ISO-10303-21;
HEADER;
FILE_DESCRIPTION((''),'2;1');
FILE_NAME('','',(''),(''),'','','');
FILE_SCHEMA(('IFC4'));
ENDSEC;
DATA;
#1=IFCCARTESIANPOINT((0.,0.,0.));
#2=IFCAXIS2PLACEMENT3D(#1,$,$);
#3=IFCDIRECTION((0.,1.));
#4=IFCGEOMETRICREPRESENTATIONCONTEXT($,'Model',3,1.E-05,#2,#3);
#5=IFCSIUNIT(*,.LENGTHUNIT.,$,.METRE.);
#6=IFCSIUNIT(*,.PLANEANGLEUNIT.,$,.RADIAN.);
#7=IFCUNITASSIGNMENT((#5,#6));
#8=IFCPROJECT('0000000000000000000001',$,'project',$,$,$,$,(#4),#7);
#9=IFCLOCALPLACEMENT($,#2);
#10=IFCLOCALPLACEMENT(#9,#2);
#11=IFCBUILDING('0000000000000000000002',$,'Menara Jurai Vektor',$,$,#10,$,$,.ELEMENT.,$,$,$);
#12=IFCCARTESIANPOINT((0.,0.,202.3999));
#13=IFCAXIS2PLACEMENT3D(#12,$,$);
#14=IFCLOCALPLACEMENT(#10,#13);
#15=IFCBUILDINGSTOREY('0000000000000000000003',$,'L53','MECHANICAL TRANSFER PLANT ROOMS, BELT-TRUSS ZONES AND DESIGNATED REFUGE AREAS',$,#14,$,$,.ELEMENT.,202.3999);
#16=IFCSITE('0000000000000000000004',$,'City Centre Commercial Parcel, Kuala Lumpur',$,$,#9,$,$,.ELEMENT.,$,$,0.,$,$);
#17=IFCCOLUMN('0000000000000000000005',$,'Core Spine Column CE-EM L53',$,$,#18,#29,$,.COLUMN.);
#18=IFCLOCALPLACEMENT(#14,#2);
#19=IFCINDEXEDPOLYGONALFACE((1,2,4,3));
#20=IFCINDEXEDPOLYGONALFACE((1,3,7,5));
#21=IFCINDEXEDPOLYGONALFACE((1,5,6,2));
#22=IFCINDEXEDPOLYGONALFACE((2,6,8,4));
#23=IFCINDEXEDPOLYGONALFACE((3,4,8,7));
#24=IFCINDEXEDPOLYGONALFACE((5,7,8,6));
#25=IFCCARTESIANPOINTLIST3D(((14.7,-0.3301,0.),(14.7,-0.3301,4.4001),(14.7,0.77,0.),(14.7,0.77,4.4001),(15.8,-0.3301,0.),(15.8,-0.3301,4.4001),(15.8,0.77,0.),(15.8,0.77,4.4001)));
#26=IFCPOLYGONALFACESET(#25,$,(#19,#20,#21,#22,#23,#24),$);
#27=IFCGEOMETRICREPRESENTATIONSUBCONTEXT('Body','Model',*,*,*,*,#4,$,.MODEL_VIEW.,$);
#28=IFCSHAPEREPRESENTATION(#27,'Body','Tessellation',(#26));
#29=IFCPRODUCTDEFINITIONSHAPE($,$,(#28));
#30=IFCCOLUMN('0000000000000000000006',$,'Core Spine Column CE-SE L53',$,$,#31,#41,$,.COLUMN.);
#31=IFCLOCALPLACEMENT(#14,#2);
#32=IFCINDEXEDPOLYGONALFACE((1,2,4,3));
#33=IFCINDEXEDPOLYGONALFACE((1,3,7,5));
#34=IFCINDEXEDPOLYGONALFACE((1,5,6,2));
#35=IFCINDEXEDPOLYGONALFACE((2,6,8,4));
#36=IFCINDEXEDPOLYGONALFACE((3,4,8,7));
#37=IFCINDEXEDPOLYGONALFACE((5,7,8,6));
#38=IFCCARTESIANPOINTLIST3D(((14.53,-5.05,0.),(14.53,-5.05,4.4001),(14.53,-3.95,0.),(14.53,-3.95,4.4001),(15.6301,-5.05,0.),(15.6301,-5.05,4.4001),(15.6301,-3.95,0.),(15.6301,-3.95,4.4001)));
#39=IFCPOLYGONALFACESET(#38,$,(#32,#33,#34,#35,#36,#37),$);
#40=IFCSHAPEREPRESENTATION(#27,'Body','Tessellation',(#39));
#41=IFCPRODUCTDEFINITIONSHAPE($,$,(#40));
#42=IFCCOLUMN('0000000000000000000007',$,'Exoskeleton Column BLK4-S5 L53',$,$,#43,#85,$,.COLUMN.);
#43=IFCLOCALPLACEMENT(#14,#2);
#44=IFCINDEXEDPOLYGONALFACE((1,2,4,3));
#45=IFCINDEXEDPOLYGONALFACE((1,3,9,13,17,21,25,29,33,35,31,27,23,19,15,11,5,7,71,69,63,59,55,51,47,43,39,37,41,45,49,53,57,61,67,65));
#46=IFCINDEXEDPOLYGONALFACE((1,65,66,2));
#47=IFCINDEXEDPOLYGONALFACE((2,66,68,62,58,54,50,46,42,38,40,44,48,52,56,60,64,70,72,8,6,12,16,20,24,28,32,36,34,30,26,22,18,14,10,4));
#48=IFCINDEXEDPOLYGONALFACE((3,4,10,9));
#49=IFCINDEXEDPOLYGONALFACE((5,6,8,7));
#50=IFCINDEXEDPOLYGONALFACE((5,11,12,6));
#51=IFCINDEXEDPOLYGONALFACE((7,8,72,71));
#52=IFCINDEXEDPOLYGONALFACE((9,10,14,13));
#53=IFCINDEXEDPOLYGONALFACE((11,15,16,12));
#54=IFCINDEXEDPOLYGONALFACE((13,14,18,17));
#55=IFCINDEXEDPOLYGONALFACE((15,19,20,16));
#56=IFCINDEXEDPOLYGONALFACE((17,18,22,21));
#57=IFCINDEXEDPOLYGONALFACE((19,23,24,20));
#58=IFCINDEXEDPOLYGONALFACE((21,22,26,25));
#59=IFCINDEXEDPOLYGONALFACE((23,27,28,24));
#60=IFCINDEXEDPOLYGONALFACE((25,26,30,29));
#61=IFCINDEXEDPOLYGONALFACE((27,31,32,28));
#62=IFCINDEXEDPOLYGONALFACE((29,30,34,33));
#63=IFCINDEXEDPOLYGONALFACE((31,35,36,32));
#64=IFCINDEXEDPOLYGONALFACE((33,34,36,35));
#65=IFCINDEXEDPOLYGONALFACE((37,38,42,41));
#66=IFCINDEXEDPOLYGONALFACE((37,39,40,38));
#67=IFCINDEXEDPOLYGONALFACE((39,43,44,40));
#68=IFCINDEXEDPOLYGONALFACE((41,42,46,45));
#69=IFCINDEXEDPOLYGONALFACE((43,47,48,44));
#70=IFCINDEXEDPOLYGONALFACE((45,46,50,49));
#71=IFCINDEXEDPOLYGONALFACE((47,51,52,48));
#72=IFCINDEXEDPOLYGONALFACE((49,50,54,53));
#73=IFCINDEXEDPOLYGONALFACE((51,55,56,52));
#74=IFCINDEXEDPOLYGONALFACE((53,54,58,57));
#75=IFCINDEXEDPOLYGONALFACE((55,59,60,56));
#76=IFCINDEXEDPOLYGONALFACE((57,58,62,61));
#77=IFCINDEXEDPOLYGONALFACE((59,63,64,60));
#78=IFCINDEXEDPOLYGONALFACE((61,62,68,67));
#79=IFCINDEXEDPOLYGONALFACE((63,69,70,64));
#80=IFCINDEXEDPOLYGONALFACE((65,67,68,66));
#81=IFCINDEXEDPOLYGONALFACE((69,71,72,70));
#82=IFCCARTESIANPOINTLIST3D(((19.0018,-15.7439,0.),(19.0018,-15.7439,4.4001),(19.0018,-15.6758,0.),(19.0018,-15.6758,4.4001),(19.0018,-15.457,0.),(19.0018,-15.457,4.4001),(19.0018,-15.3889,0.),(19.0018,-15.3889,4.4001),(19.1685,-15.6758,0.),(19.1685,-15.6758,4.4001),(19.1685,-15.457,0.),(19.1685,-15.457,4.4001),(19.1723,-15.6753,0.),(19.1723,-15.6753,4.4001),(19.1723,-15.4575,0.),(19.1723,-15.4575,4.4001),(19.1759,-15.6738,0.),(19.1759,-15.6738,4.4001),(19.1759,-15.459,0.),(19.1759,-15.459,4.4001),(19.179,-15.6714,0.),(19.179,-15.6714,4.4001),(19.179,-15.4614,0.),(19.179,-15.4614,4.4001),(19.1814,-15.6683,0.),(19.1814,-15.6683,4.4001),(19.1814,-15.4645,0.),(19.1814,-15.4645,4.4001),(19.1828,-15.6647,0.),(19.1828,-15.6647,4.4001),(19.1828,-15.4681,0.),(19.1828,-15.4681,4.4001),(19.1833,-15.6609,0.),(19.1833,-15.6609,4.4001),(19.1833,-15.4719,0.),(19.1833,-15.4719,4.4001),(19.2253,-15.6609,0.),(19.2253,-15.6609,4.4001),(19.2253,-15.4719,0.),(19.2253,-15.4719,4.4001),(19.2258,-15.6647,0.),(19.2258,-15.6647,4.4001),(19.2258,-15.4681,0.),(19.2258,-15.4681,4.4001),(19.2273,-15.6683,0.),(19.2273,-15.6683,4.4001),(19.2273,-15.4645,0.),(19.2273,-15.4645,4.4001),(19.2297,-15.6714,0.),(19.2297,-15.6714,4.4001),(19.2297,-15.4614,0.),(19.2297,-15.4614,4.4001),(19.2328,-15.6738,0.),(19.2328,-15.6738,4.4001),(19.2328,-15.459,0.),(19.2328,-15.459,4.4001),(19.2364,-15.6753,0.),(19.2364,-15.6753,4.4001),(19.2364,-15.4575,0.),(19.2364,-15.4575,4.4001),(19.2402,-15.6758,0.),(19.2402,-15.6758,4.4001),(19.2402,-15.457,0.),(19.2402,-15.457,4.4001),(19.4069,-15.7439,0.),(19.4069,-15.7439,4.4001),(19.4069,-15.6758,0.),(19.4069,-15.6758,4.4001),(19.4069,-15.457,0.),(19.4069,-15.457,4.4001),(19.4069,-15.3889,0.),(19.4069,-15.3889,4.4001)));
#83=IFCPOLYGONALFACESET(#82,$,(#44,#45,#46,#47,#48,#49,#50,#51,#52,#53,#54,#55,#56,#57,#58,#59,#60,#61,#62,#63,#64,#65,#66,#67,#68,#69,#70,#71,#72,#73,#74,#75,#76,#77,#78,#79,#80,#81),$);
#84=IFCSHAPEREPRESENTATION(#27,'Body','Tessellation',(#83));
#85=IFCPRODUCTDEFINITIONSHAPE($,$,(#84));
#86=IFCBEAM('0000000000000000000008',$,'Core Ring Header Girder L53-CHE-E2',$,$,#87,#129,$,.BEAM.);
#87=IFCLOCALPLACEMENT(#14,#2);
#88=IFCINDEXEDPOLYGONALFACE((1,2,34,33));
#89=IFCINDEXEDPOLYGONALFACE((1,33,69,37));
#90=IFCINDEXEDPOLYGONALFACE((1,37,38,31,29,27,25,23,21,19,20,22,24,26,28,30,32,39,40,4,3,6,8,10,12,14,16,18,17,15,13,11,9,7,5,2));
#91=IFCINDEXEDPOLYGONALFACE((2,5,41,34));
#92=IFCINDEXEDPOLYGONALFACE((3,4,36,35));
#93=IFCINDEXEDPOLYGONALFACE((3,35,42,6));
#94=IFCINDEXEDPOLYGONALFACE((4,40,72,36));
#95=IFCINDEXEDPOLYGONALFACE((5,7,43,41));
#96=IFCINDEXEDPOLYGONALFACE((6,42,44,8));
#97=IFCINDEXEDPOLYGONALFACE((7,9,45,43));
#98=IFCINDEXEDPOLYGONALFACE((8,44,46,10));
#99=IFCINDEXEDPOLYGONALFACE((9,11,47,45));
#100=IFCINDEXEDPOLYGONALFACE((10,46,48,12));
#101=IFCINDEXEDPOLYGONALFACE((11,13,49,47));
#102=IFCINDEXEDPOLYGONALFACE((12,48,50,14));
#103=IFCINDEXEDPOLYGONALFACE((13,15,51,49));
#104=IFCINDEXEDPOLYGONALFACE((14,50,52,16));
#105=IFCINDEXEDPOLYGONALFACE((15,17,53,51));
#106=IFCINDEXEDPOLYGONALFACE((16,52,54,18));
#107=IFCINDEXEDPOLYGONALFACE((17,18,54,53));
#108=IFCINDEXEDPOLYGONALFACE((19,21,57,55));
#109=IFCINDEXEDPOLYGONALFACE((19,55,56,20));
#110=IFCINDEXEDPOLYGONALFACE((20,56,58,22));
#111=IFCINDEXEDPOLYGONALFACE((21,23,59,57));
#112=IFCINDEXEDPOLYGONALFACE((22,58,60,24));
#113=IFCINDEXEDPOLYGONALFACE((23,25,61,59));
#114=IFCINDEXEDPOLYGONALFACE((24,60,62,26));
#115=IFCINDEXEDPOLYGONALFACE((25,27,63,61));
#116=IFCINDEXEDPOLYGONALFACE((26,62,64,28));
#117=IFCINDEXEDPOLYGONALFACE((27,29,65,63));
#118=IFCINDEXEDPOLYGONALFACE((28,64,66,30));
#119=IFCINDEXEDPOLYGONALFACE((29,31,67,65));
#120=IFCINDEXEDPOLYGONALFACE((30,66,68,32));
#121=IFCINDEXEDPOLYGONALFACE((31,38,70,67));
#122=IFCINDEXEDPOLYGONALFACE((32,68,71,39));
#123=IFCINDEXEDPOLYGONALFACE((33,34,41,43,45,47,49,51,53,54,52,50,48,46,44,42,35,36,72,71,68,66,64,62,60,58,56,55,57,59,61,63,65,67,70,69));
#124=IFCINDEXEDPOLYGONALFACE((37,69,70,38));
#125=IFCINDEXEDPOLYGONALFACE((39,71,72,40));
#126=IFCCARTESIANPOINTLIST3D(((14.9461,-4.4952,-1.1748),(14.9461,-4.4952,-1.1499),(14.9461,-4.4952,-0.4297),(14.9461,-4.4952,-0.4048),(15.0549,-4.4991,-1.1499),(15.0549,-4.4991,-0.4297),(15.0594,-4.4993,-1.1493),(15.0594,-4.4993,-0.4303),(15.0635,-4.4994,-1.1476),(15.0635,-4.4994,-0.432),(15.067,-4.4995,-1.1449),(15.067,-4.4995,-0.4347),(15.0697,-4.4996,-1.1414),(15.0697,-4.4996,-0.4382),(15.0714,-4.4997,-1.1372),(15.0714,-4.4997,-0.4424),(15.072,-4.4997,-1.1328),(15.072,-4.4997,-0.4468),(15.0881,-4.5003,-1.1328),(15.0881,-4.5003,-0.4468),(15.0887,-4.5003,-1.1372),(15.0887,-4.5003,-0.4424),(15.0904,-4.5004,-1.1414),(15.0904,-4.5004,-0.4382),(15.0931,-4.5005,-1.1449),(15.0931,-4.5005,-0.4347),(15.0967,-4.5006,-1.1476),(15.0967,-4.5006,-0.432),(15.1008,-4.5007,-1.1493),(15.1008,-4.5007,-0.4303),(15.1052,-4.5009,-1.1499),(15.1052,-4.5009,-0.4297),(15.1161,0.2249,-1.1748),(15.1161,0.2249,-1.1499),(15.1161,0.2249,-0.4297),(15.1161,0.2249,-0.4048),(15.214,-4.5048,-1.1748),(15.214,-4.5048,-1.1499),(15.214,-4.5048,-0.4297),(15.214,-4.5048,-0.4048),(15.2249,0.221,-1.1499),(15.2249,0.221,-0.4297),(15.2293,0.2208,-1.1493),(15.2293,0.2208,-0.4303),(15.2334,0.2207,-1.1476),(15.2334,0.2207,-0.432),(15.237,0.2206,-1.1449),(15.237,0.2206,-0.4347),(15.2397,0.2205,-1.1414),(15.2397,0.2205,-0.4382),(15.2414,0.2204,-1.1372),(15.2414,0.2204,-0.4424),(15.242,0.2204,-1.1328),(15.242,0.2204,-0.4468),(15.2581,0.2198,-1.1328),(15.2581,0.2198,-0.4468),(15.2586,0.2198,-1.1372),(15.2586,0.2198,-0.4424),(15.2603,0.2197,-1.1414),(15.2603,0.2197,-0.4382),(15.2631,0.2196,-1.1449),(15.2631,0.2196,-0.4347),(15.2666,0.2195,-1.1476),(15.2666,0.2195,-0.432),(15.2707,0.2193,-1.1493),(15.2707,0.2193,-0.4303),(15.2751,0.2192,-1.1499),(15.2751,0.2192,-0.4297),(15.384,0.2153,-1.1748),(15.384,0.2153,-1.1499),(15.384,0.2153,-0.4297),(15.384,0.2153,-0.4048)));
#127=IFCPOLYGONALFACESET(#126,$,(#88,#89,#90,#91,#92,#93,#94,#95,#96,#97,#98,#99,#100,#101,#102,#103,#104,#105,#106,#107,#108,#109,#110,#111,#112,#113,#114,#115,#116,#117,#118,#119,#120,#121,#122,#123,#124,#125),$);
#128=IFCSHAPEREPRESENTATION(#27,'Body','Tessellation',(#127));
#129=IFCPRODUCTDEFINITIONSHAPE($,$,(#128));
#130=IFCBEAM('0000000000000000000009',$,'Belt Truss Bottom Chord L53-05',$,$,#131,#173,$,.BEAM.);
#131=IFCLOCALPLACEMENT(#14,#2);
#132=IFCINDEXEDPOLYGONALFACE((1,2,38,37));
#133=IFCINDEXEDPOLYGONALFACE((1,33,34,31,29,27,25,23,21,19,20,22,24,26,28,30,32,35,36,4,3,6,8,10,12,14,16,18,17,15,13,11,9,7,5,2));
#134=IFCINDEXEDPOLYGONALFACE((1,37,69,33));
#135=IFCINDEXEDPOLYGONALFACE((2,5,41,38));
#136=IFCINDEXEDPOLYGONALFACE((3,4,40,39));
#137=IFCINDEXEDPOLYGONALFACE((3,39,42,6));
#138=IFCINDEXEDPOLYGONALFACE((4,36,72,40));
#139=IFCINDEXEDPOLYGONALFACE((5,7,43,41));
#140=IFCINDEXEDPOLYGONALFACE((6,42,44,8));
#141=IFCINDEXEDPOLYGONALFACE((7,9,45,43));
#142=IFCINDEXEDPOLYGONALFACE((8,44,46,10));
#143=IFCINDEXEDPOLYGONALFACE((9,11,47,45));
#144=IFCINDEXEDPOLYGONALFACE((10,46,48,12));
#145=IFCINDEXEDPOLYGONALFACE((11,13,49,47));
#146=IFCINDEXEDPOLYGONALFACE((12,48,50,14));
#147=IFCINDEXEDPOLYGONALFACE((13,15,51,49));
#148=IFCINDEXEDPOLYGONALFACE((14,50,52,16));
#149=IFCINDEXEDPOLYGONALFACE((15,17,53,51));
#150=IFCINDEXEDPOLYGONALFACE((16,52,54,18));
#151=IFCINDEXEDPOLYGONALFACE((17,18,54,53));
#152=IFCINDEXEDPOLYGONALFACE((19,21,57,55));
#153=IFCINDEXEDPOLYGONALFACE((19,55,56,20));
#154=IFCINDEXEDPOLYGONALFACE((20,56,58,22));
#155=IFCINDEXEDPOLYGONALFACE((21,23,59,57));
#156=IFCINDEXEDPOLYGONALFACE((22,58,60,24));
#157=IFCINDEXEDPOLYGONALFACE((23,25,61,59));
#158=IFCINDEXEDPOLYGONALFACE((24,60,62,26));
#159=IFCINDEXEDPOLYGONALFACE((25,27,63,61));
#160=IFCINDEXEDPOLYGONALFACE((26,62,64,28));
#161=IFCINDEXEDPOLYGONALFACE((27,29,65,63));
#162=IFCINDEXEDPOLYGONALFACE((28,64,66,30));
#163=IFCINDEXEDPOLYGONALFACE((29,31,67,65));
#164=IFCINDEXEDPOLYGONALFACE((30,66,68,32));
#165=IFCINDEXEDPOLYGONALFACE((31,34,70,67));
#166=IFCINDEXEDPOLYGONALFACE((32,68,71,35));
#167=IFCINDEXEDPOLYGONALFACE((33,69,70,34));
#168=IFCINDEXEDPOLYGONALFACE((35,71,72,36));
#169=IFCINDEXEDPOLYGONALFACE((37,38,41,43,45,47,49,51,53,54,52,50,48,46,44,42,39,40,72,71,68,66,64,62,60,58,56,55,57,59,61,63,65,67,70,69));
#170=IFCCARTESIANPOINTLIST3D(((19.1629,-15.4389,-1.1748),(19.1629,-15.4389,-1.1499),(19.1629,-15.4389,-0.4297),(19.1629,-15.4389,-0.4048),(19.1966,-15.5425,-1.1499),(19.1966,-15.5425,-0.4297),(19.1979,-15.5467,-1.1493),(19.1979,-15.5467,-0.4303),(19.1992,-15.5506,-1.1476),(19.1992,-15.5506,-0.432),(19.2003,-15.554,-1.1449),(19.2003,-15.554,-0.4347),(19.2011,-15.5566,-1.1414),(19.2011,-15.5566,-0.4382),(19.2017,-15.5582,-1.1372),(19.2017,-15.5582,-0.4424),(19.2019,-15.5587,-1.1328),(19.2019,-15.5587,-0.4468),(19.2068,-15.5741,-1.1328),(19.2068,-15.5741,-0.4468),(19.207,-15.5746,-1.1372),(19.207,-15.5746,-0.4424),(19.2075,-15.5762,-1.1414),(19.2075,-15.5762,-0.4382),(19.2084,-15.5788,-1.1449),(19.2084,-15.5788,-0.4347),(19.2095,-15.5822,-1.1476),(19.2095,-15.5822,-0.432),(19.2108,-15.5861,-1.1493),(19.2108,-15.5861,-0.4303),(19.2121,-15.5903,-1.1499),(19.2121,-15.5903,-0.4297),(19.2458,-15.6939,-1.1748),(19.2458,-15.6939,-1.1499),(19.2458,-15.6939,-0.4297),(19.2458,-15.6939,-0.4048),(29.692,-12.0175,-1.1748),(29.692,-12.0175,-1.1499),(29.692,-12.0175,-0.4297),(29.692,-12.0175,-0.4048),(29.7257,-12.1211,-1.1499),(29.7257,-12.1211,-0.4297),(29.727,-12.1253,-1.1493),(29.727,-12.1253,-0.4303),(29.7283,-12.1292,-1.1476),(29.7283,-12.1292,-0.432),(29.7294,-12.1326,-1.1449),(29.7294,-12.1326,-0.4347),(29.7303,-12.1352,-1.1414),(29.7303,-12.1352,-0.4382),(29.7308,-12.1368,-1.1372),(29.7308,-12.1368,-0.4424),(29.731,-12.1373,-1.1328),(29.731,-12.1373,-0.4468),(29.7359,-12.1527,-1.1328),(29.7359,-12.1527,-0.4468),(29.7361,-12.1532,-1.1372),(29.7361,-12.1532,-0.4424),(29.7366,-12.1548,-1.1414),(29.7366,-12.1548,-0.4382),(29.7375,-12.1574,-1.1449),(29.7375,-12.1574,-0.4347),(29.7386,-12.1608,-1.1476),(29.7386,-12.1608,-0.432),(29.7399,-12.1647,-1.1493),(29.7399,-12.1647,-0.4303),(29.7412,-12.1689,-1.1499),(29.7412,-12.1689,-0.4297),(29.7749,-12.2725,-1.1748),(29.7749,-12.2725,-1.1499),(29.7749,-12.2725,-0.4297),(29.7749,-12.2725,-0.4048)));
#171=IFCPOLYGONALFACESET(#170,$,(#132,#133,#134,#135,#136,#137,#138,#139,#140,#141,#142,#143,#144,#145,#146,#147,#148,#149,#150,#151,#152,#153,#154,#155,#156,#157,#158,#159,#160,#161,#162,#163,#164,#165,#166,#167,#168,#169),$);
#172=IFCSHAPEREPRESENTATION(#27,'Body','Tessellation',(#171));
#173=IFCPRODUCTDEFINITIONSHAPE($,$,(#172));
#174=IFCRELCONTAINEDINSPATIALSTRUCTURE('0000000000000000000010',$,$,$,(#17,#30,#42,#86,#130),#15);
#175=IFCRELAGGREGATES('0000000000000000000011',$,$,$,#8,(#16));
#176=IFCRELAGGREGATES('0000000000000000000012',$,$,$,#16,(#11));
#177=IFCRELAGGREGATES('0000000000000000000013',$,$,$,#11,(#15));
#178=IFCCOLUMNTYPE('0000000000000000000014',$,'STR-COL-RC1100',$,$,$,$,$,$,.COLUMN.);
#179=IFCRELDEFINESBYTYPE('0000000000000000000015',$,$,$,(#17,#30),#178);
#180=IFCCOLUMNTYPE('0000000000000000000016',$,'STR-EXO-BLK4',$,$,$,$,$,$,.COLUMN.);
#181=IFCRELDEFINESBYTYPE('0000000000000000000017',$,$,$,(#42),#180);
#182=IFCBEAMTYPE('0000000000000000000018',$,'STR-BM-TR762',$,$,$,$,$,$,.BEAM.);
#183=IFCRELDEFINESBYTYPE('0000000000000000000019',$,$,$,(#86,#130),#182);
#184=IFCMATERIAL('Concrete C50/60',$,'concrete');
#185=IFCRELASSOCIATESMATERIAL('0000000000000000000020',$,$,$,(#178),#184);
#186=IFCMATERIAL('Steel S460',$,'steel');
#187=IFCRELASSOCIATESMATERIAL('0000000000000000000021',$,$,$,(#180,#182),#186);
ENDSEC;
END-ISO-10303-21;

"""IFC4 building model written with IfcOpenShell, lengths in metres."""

from ifc_helpers import new_model, si_unit, direction, frame, origin, origin_2d, place, context, subcontext, project, spatial, rectangle, i_section, extrude, material, material_profile, profile_set, type_object, element, save


model = new_model("IFC4")

# Units and contexts
model_context = context("Model", 3, precision=1e-05, world=origin(), true_north=direction((0.0, 1.0)))
body_context = subcontext(model_context, "Body", "Model", "MODEL_VIEW")
ifc_project = project(units=[si_unit("LENGTHUNIT", "METRE"), si_unit("PLANEANGLEUNIT", "RADIAN")], contexts=[model_context])

# Site, building, storey
site_placement = place(None, origin())
site = spatial("IfcSite", under=ifc_project, at=site_placement, Name="City Centre Commercial Parcel, Kuala Lumpur", CompositionType="ELEMENT", RefElevation=0.0)
building_placement = place(site_placement, origin())
building = spatial("IfcBuilding", under=site, at=building_placement, Name="Menara Jurai Vektor", CompositionType="ELEMENT")
storey_placement = place(building_placement, frame((0.0, 0.0, 202.3999)))
storey = spatial("IfcBuildingStorey", under=building, at=storey_placement, Name="L53", Description="MECHANICAL TRANSFER PLANT ROOMS, BELT-TRUSS ZONES AND DESIGNATED REFUGE AREAS", CompositionType="ELEMENT", Elevation=202.3999)

# Columns
ifc_material_1 = material(Name="Concrete C50/60", Category="concrete")
ifc_material_profile_1 = material_profile(ifc_material_1, rectangle(XDim=1.1001, YDim=1.1001, at=origin_2d()), Name="RC 1100x1100")
ifc_profile_set_1 = profile_set([ifc_material_profile_1], Name="Concrete C50/60")
column_type_1 = type_object("IfcColumnType", Name="STR-COL-RC1100", PredefinedType="COLUMN", material=ifc_profile_set_1)
for number, where, z_axis, x_axis, name in (
    (1, (15.25, 0.22, 0.0), (0.0, 0.0, 1.0), (1.0, 0.0, 0.0), "Core Spine Column CE-EM L53"),
    (2, (15.0801, -4.5, 0.0), (0.0, 0.0, 1.0), (1.0, 0.0, 0.0), "Core Spine Column CE-SE L53"),
):
    element("IfcColumn", number, at=place(storey_placement, frame(where, z_axis=z_axis, x_axis=x_axis)), inside=storey, type_object=column_type_1, Name=name, PredefinedType="COLUMN", context=body_context, shape_type="SweptSolid", body=[
        extrude(rectangle(XDim=1.1001, YDim=1.1001, at=origin_2d()), origin(), (0.0, 0.0, 1.0), 4.4001),
    ])
ifc_material_2 = material(Name="Steel S460", Category="steel")
ifc_material_profile_2 = material_profile(ifc_material_2, i_section(OverallWidth=0.405, OverallDepth=0.355, WebThickness=0.042, FlangeThickness=0.0681, FilletRadius=0.0149, at=origin_2d()), Name="HD 400x551")
ifc_profile_set_2 = profile_set([ifc_material_profile_2], Name="Steel S460")
column_type_2 = type_object("IfcColumnType", Name="STR-EXO-BLK4", PredefinedType="COLUMN", material=ifc_profile_set_2)
column_placement = place(storey_placement, frame((19.2043, -15.5664, 0.0), z_axis=(0.0, 0.0, 1.0), x_axis=(1.0, 0.0, 0.0)))
element("IfcColumn", 3, at=column_placement, inside=storey, type_object=column_type_2, Name="Exoskeleton Column BLK4-S5 L53", PredefinedType="COLUMN", context=body_context, shape_type="SweptSolid", body=[
    extrude(i_section(OverallWidth=0.405, OverallDepth=0.355, WebThickness=0.042, FlangeThickness=0.0681, FilletRadius=0.0149, at=origin_2d()), origin(), (0.0, 0.0, 1.0), 4.4001),
])

# Beams
ifc_material_profile_3 = material_profile(ifc_material_2, i_section(OverallWidth=0.2681, OverallDepth=0.77, WebThickness=0.0161, FlangeThickness=0.0249, FilletRadius=0.0171, at=origin_2d()), Name="UKB 762x267x197")
ifc_profile_set_3 = profile_set([ifc_material_profile_3], Name="Steel S460")
beam_type_1 = type_object("IfcBeamType", Name="STR-BM-TR762", PredefinedType="BEAM", material=ifc_profile_set_3)
beam_1_placement = place(storey_placement, frame((15.0801, -4.5, -0.7898), z_axis=(0.035977, 0.999353, 0.0), x_axis=(-0.999353, 0.035977, 0.0)))
element("IfcBeam", 4, at=beam_1_placement, inside=storey, type_object=beam_type_1, Name="Core Ring Header Girder L53-CHE-E2", PredefinedType="BEAM", context=body_context, shape_type="SweptSolid", body=[
    extrude(i_section(OverallWidth=0.2681, OverallDepth=0.77, WebThickness=0.0161, FlangeThickness=0.0249, FilletRadius=0.0171, at=origin_2d()), origin(), (0.0, 0.0, 1.0), 4.7231),
])
beam_2_placement = place(storey_placement, frame((19.2043, -15.5664, -0.7898), z_axis=(0.951049, 0.309041, 0.0), x_axis=(-0.309041, 0.951049, 0.0)))
element("IfcBeam", 5, at=beam_2_placement, inside=storey, type_object=beam_type_1, Name="Belt Truss Bottom Chord L53-05", PredefinedType="BEAM", context=body_context, shape_type="SweptSolid", body=[
    extrude(i_section(OverallWidth=0.2681, OverallDepth=0.77, WebThickness=0.0161, FlangeThickness=0.0249, FilletRadius=0.0171, at=origin_2d()), origin(), (0.0, 0.0, 1.0), 11.071),
])

save(model, "model.ifc")
